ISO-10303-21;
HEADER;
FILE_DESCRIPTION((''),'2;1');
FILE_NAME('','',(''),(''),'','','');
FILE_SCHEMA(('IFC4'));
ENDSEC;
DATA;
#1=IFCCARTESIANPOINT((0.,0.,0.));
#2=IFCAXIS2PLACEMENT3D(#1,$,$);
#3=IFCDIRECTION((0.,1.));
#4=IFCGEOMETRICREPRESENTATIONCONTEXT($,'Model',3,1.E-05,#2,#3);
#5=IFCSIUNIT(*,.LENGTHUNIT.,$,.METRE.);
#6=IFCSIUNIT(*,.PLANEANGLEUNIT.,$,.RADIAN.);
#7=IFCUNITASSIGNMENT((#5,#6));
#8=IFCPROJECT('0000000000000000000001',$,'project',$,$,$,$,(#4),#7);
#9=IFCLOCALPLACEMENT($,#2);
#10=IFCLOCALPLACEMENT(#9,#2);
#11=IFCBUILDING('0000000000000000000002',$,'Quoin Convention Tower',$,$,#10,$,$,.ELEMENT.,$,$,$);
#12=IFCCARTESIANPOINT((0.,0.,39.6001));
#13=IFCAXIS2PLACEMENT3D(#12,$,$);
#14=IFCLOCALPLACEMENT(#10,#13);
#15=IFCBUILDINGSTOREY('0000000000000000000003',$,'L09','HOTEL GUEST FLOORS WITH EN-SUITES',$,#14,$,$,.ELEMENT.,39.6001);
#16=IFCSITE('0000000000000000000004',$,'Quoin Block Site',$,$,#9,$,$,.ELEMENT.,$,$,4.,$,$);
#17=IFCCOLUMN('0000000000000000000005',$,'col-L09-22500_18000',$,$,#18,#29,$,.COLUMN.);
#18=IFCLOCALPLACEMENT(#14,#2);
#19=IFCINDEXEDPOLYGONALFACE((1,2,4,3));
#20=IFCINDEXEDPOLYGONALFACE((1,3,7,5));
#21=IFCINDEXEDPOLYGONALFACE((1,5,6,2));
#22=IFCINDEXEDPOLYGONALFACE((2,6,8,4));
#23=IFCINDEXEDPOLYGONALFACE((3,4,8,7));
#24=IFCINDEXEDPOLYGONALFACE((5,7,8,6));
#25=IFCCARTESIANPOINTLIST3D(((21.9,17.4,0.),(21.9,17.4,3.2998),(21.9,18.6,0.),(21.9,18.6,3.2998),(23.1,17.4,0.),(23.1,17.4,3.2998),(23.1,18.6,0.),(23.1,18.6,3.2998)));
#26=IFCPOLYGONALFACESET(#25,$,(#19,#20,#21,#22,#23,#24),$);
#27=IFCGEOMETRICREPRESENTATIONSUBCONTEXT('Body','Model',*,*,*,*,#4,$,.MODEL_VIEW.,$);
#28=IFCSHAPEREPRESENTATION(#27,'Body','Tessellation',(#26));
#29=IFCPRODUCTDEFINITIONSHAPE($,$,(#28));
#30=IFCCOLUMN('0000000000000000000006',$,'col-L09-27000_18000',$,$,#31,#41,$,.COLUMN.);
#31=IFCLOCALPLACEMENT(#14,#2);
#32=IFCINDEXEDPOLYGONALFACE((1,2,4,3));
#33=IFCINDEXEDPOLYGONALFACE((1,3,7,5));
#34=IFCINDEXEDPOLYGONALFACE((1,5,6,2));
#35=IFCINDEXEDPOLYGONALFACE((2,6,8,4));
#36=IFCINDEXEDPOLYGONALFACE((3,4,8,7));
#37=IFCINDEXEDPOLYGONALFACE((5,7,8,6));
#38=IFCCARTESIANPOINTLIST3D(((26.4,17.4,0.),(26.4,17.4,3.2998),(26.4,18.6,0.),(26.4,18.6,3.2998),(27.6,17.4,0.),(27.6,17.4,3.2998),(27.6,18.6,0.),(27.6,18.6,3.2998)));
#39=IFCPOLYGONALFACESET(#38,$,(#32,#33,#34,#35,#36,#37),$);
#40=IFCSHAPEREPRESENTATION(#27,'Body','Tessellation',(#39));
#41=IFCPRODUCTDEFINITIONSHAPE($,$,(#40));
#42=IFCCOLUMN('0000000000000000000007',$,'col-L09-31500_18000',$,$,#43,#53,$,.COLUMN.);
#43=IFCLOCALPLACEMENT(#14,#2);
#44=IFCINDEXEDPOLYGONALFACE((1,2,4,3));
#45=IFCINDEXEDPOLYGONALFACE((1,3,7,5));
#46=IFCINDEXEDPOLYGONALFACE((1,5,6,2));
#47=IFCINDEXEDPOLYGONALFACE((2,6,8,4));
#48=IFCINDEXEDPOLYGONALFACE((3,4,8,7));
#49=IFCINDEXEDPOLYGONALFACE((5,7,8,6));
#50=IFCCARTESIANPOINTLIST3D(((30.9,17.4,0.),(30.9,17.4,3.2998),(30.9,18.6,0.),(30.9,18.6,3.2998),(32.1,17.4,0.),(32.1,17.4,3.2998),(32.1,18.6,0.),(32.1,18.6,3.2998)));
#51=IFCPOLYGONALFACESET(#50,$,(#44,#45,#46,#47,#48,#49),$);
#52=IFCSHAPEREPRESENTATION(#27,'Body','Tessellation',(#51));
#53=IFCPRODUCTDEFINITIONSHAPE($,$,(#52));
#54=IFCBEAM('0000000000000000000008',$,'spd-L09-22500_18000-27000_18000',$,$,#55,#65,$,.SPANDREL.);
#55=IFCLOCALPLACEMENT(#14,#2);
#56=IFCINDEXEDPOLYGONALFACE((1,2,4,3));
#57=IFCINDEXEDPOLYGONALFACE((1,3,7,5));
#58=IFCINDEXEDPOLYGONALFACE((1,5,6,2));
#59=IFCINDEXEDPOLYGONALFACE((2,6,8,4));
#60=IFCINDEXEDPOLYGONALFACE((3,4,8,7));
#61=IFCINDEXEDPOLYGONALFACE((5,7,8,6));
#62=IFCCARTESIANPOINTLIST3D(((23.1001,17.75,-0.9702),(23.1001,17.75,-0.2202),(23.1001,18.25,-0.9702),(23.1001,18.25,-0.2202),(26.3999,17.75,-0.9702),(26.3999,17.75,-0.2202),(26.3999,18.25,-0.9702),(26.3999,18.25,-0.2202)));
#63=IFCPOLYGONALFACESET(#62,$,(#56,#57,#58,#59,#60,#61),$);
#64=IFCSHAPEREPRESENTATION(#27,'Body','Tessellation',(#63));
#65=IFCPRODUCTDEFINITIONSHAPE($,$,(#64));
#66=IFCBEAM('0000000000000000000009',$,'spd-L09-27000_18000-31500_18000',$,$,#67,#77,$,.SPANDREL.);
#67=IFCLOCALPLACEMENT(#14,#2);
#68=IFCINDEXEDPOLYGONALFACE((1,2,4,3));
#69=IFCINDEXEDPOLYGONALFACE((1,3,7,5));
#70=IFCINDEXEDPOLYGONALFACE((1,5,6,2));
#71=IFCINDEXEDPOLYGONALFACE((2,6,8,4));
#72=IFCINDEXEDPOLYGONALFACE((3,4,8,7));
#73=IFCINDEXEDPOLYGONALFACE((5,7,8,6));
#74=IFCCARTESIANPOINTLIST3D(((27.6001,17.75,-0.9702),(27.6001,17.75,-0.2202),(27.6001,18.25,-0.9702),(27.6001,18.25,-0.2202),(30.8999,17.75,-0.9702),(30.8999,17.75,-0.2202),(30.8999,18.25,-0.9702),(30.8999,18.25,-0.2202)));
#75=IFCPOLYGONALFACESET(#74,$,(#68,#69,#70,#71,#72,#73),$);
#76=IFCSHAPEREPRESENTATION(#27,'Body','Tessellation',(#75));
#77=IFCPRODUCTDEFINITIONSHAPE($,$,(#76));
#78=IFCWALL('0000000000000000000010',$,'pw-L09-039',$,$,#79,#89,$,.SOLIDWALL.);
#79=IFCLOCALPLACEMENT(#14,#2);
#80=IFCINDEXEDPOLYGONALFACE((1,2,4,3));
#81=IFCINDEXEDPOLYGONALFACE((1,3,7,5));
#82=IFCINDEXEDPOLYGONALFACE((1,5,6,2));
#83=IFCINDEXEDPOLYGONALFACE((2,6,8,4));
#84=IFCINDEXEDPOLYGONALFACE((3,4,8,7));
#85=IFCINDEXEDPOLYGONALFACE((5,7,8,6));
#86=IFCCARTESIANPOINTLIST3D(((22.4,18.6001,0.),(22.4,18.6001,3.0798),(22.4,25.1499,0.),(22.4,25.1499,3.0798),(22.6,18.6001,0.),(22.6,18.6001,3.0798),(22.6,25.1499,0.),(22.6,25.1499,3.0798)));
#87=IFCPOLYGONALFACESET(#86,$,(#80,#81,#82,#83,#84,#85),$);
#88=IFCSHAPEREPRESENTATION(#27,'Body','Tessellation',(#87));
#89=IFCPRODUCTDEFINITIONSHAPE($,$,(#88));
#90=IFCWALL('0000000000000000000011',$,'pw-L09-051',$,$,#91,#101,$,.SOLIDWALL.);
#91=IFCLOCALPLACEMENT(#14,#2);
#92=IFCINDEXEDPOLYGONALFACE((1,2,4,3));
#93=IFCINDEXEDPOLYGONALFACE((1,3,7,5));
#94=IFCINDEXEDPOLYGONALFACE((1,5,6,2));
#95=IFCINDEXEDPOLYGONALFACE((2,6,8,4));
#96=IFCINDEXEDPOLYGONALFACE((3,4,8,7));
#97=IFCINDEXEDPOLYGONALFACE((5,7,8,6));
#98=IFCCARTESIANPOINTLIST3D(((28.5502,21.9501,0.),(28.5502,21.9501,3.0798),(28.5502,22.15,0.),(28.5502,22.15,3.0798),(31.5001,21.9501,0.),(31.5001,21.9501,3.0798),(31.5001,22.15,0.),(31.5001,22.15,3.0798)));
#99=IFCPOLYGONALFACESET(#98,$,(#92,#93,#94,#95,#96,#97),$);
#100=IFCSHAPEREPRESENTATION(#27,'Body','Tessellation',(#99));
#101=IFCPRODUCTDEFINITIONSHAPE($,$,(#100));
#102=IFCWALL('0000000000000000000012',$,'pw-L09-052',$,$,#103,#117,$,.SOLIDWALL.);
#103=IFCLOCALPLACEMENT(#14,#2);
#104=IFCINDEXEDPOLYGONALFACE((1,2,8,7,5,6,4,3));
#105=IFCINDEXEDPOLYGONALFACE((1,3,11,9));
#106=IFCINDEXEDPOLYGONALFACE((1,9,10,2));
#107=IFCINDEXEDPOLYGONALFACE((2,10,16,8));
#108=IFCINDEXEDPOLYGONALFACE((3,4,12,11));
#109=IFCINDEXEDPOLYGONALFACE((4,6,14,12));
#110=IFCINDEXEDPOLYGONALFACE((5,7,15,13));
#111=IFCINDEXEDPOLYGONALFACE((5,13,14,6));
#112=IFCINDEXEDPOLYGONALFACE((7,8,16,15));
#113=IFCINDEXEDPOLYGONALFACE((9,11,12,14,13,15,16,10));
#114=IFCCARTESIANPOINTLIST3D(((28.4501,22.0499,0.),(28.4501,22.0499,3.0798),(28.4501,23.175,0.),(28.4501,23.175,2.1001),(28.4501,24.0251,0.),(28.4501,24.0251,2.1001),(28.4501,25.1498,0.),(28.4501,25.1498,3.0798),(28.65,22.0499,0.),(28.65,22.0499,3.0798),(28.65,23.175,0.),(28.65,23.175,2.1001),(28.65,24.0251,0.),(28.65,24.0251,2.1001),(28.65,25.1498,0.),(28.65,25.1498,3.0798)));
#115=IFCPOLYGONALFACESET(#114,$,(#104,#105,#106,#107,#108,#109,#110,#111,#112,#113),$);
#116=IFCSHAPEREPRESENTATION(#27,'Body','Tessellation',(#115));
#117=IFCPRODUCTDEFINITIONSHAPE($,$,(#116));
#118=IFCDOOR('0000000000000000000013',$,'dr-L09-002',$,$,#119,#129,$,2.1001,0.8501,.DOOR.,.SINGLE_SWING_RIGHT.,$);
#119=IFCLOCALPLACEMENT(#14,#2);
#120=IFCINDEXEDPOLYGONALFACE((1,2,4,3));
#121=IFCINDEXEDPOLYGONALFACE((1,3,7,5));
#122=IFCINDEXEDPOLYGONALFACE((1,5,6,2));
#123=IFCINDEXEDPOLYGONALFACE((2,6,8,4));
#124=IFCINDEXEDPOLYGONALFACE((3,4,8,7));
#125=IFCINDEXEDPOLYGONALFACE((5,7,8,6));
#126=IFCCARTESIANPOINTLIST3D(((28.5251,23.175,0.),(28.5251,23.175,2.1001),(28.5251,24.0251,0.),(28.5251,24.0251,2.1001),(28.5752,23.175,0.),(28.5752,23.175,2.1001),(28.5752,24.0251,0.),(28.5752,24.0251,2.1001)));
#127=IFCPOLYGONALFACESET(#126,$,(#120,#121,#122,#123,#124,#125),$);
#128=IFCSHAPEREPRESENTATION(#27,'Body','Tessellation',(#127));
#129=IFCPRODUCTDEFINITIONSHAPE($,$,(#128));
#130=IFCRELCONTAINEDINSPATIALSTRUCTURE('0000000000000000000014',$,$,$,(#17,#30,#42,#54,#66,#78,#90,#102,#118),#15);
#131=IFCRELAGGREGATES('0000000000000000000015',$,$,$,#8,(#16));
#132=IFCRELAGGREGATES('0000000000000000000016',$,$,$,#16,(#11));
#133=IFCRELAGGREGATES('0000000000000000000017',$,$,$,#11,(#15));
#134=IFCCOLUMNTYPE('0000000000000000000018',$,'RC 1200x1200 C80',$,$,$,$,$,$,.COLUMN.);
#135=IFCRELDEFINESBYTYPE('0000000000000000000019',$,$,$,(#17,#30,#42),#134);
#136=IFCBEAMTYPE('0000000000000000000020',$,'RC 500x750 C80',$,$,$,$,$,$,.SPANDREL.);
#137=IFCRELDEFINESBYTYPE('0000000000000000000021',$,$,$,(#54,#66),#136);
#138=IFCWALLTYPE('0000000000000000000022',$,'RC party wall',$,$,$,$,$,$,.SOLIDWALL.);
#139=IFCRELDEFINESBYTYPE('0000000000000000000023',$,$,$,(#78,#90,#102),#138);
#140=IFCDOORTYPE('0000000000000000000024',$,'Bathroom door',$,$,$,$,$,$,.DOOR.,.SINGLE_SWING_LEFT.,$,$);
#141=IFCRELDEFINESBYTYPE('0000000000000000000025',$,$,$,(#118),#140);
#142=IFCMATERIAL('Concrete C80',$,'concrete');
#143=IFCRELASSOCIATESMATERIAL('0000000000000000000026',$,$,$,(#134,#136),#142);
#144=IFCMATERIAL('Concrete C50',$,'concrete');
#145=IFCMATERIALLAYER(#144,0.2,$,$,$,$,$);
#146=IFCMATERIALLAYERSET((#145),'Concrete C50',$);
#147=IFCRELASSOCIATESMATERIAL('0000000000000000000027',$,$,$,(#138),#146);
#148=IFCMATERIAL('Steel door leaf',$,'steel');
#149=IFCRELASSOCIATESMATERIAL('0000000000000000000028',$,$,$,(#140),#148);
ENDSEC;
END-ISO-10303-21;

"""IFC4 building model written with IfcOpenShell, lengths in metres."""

from ifc_helpers import new_model, si_unit, direction, frame, frame_2d, origin, origin_2d, place, context, subcontext, project, spatial, rectangle, extrude, material, layer, layer_set, material_profile, profile_set, type_object, element, fill, save


model = new_model("IFC4")

# Units and contexts
model_context = context("Model", 3, precision=1e-05, world=origin(), true_north=direction((0.0, 1.0)))
body_context = subcontext(model_context, "Body", "Model", "MODEL_VIEW")
ifc_project = project(units=[si_unit("LENGTHUNIT", "METRE"), si_unit("PLANEANGLEUNIT", "RADIAN")], contexts=[model_context])

# Site, building, storey
site_placement = place(None, origin())
site = spatial("IfcSite", under=ifc_project, at=site_placement, Name="Quoin Block Site", CompositionType="ELEMENT", RefElevation=4.0)
building_placement = place(site_placement, origin())
building = spatial("IfcBuilding", under=site, at=building_placement, Name="Quoin Convention Tower", CompositionType="ELEMENT")
storey_placement = place(building_placement, frame((0.0, 0.0, 39.6001)))
storey = spatial("IfcBuildingStorey", under=building, at=storey_placement, Name="L09", Description="HOTEL GUEST FLOORS WITH EN-SUITES", CompositionType="ELEMENT", Elevation=39.6001)

# Columns
ifc_material_1 = material(Name="Concrete C80", Category="concrete")
ifc_material_profile_1 = material_profile(ifc_material_1, rectangle(XDim=1.2, YDim=1.2, at=origin_2d()), Name="RC 1200x1200")
ifc_profile_set_1 = profile_set([ifc_material_profile_1], Name="Concrete C80")
column_type = type_object("IfcColumnType", Name="RC 1200x1200 C80", PredefinedType="COLUMN", material=ifc_profile_set_1)
for number, where, z_axis, x_axis, name in (
    (1, (22.5, 18.0, 0.0), (0.0, 0.0, 1.0), (1.0, 0.0, 0.0), "col-L09-22500_18000"),
    (2, (27.0, 18.0, 0.0), (0.0, 0.0, 1.0), (1.0, 0.0, 0.0), "col-L09-27000_18000"),
    (3, (31.5, 18.0, 0.0), (0.0, 0.0, 1.0), (1.0, 0.0, 0.0), "col-L09-31500_18000"),
):
    element("IfcColumn", number, at=place(storey_placement, frame(where, z_axis=z_axis, x_axis=x_axis)), inside=storey, type_object=column_type, Name=name, PredefinedType="COLUMN", context=body_context, shape_type="SweptSolid", body=[
        extrude(rectangle(XDim=1.2, YDim=1.2, at=origin_2d()), origin(), (0.0, 0.0, 1.0), 3.2998),
    ])

# Beams
ifc_material_profile_2 = material_profile(ifc_material_1, rectangle(XDim=0.5, YDim=0.75, at=origin_2d()), Name="RC 500x750")
ifc_profile_set_2 = profile_set([ifc_material_profile_2], Name="Concrete C80")
beam_type = type_object("IfcBeamType", Name="RC 500x750 C80", PredefinedType="SPANDREL", material=ifc_profile_set_2)
for number, where, z_axis, x_axis, name in (
    (4, (23.1001, 18.0, -0.5952), (1.0, 0.0, 0.0), (0.0, 1.0, 0.0), "spd-L09-22500_18000-27000_18000"),
    (5, (27.6001, 18.0, -0.5952), (1.0, 0.0, 0.0), (0.0, 1.0, 0.0), "spd-L09-27000_18000-31500_18000"),
):
    element("IfcBeam", number, at=place(storey_placement, frame(where, z_axis=z_axis, x_axis=x_axis)), inside=storey, type_object=beam_type, Name=name, PredefinedType="SPANDREL", context=body_context, shape_type="SweptSolid", body=[
        extrude(rectangle(XDim=0.5, YDim=0.75, at=origin_2d()), origin(), (0.0, 0.0, 1.0), 3.2998),
    ])

# Walls
ifc_material_2 = material(Name="Concrete C50", Category="concrete")
ifc_layer_1 = layer(ifc_material_2, 0.2)
ifc_layer_set_1 = layer_set([ifc_layer_1], Name="Concrete C50")
wall_type_1 = type_object("IfcWallType", Name="RC party wall", PredefinedType="SOLIDWALL", material=ifc_layer_set_1)
wall_1_placement = place(storey_placement, frame((22.5, 18.6001, 0.0), z_axis=(0.0, 0.0, 1.0), x_axis=(0.0, 1.0, 0.0)))
element("IfcWall", 6, at=wall_1_placement, inside=storey, type_object=wall_type_1, Name="pw-L09-039", PredefinedType="SOLIDWALL", context=body_context, shape_type="SweptSolid", body=[
    extrude(rectangle(XDim=6.5498, YDim=0.2, at=frame_2d((3.2749, 0.0))), origin(), (0.0, 0.0, 1.0), 3.0798),
])
wall_2_placement = place(storey_placement, frame((28.55, 22.05, 0.0), z_axis=(0.0, 0.0, 1.0), x_axis=(1.0, 0.0, 0.0)))
element("IfcWall", 7, at=wall_2_placement, inside=storey, type_object=wall_type_1, Name="pw-L09-051", PredefinedType="SOLIDWALL", context=body_context, shape_type="SweptSolid", body=[
    extrude(rectangle(XDim=2.95, YDim=0.2, at=frame_2d((1.4751, 0.0))), origin(), (0.0, 0.0, 1.0), 3.0798),
])

# Wall, opening, door
wall_3_placement = place(storey_placement, frame((28.55, 22.05, 0.0), z_axis=(0.0, 0.0, 1.0), x_axis=(0.0, 1.0, 0.0)))
wall_3 = element("IfcWall", 8, at=wall_3_placement, inside=storey, type_object=wall_type_1, Name="pw-L09-052", PredefinedType="SOLIDWALL", context=body_context, shape_type="SweptSolid", body=[
    extrude(rectangle(XDim=3.0999, YDim=0.2, at=frame_2d((1.5498, 0.0))), origin(), (0.0, 0.0, 1.0), 3.0798),
])
opening_1_placement = place(wall_3_placement, frame((1.125, 0.0, 0.0)))
opening_1 = element("IfcOpeningElement", 9, at=opening_1_placement, cuts=wall_3, PredefinedType="OPENING", context=body_context, shape_type="SweptSolid", body=[
    extrude(rectangle(XDim=0.8501, YDim=2.1001, at=frame_2d((0.425, 1.05))), frame((0.0, 0.1099, 0.0), z_axis=(0.0, -1.0, 0.0), x_axis=(1.0, 0.0, 0.0)), (0.0, 0.0, 1.0), 0.22),
])
ifc_material_3 = material(Name="Steel door leaf", Category="steel")
door_type_1 = type_object("IfcDoorType", Name="Bathroom door", OperationType="SINGLE_SWING_LEFT", PredefinedType="DOOR", material=ifc_material_3)
door_1_placement = place(opening_1_placement, origin())
door_1 = element("IfcDoor", 10, at=door_1_placement, inside=storey, type_object=door_type_1, Name="dr-L09-002", OperationType="SINGLE_SWING_RIGHT", OverallHeight=2.1001, OverallWidth=0.8501, PredefinedType="DOOR", context=body_context, shape_type="SweptSolid", body=[
    extrude(rectangle(XDim=0.8501, YDim=2.1001, at=frame_2d((0.425, 1.05))), frame((0.0, 0.0249, 0.0), z_axis=(0.0, -1.0, 0.0), x_axis=(1.0, 0.0, 0.0)), (0.0, 0.0, 1.0), 0.05),
])
fill(opening_1, door_1)

save(model, "model.ifc")
